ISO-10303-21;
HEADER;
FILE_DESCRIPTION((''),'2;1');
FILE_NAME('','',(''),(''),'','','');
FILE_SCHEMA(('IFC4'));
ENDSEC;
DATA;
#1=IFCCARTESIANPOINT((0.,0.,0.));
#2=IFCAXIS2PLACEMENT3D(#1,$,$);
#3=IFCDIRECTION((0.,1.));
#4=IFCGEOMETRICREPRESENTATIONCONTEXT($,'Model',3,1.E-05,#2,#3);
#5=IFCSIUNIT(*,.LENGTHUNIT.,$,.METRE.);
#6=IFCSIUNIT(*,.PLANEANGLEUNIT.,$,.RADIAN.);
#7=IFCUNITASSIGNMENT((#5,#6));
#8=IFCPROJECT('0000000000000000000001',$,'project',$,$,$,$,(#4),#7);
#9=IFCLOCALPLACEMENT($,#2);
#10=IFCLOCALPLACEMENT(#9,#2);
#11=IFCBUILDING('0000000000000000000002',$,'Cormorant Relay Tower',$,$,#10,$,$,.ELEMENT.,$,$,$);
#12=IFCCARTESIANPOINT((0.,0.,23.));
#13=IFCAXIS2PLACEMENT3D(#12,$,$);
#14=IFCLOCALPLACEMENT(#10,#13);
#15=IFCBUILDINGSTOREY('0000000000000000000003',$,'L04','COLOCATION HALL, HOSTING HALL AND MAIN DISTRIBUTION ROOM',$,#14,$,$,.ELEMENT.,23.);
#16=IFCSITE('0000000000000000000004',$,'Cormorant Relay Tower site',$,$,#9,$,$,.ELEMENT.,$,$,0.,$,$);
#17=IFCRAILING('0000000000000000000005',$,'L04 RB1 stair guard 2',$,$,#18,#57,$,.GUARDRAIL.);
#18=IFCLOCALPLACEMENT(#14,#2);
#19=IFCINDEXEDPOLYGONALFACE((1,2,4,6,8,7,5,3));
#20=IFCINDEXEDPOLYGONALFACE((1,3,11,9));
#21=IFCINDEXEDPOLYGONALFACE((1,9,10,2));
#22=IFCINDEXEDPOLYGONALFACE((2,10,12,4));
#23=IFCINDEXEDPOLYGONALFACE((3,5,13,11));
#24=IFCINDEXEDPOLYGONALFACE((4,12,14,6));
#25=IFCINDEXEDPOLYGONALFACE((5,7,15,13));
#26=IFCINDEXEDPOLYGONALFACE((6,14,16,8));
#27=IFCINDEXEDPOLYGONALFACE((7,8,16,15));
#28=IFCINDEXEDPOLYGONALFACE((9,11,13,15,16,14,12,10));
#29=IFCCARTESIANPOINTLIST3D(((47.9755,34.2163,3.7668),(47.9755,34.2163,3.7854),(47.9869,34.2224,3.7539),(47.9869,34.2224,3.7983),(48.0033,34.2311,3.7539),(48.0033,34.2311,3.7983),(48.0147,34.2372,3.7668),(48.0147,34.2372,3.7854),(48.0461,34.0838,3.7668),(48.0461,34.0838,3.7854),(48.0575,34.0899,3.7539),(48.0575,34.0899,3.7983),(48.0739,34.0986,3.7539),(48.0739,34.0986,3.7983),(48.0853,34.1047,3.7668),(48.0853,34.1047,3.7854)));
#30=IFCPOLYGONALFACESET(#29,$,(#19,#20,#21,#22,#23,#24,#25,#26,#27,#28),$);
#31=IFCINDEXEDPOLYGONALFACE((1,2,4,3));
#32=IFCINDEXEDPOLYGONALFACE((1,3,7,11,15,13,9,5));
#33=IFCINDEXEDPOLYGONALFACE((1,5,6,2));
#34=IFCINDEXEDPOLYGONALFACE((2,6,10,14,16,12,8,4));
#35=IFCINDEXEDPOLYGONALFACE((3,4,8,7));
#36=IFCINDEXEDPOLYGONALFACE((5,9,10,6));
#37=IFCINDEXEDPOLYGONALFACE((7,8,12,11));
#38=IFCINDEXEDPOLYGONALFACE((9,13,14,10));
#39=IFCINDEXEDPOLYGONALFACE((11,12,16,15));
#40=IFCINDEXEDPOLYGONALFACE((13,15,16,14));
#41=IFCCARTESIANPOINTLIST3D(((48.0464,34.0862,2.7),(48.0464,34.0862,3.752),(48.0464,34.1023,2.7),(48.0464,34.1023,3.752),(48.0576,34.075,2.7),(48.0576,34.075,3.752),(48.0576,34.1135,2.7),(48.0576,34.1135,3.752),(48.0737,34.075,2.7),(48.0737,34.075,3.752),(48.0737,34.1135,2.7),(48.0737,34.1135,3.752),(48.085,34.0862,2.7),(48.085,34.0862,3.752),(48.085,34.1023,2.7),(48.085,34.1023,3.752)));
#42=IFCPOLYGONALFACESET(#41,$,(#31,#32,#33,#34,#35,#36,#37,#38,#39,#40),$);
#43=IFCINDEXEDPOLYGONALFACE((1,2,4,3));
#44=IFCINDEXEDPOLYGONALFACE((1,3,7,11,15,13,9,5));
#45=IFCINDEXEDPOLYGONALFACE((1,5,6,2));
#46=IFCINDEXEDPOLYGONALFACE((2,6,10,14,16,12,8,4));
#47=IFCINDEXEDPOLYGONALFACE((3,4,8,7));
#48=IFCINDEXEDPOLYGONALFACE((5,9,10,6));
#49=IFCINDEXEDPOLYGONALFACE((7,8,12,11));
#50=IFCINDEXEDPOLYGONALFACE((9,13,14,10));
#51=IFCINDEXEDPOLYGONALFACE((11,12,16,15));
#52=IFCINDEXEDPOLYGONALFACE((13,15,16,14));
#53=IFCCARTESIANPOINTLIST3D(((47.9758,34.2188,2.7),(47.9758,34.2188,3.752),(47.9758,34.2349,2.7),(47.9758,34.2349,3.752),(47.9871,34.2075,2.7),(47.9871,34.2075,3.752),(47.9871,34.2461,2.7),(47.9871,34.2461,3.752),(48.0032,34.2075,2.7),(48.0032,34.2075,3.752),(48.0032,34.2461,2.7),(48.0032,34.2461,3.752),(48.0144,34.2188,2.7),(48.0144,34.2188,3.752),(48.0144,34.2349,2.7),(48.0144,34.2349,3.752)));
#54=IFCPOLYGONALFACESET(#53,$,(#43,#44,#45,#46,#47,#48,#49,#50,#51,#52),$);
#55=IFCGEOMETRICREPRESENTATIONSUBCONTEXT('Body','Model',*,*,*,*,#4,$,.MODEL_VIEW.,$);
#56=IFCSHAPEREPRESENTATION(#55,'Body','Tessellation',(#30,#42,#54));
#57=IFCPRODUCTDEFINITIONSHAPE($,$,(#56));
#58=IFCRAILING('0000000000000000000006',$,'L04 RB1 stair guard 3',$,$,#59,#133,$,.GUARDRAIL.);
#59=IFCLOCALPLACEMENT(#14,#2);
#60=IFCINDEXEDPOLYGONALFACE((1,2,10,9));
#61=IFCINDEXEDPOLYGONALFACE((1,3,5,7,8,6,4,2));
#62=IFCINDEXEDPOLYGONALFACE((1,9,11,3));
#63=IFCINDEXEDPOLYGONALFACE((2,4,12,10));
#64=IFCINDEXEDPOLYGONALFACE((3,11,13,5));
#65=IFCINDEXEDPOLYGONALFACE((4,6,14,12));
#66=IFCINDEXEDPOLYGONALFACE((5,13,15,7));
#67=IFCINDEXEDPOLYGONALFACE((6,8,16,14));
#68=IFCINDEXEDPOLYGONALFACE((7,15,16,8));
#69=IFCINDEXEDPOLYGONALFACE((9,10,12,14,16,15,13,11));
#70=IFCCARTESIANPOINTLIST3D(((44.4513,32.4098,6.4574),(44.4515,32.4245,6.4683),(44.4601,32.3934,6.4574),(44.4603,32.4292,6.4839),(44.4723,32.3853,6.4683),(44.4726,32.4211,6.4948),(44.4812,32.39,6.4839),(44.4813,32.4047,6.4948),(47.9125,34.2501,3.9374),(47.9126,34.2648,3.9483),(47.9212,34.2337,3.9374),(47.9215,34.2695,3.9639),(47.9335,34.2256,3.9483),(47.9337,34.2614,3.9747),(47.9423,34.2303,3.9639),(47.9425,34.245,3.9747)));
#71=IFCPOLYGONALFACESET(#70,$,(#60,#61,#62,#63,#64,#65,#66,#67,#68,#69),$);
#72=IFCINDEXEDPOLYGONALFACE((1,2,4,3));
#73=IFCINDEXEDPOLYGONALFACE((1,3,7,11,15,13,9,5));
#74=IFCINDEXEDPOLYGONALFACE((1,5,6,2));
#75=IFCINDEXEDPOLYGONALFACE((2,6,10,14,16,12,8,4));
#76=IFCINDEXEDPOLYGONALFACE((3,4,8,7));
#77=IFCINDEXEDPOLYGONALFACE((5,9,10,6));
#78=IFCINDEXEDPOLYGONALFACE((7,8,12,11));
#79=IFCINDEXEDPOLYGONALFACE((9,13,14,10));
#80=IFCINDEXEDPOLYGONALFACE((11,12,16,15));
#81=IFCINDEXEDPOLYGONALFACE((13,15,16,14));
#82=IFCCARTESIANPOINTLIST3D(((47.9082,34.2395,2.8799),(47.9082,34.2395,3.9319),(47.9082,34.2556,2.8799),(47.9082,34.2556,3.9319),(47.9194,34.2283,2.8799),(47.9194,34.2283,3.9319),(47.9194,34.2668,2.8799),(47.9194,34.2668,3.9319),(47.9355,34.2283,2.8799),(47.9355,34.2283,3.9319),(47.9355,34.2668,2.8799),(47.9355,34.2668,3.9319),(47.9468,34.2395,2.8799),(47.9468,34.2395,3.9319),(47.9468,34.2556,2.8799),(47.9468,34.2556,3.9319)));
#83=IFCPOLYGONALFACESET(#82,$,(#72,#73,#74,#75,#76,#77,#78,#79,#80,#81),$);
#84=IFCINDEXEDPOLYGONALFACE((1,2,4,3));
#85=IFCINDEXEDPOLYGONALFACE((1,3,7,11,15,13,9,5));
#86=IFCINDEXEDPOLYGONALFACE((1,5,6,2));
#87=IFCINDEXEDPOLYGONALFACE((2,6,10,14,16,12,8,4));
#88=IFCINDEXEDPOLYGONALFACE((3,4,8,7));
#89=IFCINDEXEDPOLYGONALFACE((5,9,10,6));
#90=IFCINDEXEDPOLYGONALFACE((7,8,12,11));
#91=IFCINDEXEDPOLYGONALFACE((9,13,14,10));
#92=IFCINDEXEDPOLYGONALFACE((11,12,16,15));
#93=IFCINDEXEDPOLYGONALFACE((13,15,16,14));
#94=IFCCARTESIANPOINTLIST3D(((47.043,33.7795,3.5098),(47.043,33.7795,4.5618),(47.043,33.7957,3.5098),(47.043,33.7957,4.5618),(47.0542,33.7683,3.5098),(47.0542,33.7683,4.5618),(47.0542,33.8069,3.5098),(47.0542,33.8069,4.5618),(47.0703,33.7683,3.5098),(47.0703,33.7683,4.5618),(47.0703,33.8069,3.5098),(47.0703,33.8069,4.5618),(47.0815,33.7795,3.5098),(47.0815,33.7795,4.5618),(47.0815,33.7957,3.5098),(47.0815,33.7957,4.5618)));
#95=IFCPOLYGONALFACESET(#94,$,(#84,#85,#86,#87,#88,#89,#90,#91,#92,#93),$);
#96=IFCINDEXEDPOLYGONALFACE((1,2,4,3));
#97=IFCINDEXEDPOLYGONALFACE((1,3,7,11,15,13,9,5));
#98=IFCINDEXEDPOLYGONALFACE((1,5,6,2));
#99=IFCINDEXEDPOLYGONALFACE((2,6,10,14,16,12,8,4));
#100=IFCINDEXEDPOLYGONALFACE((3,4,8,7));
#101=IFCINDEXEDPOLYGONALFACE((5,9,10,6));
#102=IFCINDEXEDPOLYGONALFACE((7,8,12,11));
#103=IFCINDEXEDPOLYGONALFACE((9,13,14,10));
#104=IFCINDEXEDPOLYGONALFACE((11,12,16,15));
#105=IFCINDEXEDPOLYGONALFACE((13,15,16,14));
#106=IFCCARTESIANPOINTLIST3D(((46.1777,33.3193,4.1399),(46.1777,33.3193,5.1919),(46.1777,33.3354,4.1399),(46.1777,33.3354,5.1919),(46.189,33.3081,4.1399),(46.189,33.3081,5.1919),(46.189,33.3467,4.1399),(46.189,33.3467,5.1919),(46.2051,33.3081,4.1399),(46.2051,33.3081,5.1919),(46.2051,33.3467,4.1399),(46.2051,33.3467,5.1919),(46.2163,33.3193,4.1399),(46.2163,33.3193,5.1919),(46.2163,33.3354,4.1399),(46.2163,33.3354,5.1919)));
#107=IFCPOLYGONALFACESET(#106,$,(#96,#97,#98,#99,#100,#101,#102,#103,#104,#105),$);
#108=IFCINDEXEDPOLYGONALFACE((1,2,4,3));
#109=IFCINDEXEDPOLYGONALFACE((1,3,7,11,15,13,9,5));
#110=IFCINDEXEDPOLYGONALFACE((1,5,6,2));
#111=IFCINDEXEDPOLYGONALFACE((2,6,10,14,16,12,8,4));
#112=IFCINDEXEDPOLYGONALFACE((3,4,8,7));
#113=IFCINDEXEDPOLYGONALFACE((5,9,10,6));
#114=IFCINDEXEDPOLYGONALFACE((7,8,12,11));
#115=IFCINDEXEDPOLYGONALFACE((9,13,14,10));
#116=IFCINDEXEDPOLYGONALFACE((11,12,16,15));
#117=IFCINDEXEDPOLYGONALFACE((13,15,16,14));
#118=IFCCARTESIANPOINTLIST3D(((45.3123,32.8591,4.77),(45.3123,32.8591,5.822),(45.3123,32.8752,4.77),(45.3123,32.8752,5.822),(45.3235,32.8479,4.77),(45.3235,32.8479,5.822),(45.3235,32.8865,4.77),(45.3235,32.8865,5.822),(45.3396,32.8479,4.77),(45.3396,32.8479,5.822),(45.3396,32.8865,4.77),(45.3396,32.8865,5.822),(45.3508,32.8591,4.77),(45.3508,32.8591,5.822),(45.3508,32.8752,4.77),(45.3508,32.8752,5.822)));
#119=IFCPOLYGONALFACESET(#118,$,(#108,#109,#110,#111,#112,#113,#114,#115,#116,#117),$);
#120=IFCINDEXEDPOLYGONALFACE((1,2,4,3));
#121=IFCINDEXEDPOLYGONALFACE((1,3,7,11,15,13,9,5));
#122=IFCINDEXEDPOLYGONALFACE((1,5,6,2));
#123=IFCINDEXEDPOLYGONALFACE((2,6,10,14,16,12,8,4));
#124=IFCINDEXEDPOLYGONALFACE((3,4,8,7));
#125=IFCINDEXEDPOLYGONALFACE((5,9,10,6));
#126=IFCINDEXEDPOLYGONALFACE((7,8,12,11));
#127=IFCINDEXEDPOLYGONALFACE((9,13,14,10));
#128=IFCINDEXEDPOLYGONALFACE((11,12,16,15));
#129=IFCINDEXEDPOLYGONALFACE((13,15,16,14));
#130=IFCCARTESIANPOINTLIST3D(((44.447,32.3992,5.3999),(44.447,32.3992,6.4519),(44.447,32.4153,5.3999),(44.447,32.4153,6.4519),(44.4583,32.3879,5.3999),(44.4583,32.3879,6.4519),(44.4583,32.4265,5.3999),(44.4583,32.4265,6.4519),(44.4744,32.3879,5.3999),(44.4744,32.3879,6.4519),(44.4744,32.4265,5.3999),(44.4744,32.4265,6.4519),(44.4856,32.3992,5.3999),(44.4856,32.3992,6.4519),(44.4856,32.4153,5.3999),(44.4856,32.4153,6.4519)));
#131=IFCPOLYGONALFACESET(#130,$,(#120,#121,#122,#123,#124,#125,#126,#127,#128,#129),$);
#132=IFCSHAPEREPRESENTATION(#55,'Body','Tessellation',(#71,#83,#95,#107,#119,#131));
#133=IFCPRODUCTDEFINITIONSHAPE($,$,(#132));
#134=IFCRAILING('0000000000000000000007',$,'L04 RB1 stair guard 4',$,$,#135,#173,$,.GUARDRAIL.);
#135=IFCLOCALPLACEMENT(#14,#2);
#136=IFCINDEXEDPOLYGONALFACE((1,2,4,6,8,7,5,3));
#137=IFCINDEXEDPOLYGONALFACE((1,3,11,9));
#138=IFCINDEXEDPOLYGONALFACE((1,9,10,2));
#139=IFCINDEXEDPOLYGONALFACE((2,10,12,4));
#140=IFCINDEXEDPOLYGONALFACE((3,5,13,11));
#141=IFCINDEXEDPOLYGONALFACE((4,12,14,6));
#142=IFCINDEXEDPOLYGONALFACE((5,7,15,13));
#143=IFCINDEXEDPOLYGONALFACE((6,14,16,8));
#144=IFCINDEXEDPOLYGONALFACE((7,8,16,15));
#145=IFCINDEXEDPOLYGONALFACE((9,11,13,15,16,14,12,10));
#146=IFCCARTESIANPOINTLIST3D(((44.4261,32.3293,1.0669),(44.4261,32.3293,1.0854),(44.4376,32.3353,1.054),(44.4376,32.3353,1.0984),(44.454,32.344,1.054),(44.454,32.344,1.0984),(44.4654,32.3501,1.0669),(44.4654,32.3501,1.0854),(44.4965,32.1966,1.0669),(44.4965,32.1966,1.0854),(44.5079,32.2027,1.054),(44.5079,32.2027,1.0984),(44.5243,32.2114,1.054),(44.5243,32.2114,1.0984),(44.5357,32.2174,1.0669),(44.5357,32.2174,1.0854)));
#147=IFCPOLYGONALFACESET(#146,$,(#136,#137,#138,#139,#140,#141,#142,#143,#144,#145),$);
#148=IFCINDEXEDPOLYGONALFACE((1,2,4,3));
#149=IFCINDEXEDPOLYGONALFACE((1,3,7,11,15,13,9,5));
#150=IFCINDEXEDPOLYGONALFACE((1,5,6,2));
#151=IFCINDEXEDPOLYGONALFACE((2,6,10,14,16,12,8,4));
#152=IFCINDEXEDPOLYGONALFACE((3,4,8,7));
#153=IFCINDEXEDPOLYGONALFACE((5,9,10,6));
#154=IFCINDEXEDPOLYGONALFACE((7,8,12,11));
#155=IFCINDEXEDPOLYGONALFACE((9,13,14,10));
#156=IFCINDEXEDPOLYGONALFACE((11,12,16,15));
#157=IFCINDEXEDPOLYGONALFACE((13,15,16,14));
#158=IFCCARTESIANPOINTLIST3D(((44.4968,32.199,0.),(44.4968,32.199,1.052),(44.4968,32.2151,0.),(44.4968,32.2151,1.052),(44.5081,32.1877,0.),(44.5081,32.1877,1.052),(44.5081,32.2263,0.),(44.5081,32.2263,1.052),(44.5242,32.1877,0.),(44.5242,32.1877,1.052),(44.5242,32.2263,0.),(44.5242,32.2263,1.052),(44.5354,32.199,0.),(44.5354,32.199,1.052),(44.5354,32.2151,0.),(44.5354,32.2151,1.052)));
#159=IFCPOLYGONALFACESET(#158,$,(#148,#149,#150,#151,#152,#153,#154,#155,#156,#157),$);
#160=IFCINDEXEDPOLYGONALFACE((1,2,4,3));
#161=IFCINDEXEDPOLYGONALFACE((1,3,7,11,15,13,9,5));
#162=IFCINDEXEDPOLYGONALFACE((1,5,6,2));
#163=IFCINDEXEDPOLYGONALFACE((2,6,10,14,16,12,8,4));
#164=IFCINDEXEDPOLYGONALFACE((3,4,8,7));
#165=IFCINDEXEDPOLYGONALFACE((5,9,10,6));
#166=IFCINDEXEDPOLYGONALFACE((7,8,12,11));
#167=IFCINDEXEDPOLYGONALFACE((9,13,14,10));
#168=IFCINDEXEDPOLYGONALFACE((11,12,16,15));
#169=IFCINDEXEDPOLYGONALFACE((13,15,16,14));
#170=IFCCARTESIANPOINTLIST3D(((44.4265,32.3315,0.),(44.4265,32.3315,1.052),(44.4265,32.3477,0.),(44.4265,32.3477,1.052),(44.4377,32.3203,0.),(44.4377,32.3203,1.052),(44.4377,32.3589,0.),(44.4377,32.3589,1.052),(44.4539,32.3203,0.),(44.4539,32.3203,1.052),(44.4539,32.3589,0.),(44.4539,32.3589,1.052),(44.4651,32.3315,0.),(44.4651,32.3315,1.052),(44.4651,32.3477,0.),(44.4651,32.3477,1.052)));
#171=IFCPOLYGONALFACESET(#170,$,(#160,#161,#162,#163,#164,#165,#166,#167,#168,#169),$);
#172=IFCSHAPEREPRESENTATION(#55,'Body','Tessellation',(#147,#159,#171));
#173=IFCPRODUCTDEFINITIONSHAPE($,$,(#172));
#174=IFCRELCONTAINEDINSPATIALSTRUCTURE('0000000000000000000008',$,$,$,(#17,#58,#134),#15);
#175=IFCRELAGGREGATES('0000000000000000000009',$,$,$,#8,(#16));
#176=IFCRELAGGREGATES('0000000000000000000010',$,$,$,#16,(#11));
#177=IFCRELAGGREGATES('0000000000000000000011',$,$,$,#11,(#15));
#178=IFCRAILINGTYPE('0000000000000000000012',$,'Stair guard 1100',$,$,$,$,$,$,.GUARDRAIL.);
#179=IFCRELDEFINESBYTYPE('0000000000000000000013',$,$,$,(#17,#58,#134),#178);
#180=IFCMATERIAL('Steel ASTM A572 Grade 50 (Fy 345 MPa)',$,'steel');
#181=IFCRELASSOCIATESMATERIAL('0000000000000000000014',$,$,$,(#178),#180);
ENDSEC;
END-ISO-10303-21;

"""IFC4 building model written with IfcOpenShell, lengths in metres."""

from ifc_helpers import new_model, si_unit, direction, frame, origin, place, context, subcontext, project, spatial, polyline, outline, extrude, material, type_object, element, save


model = new_model("IFC4")

# Units and contexts
model_context = context("Model", 3, precision=1e-05, world=origin(), true_north=direction((0.0, 1.0)))
body_context = subcontext(model_context, "Body", "Model", "MODEL_VIEW")
ifc_project = project(units=[si_unit("LENGTHUNIT", "METRE"), si_unit("PLANEANGLEUNIT", "RADIAN")], contexts=[model_context])

# Site, building, storey
site_placement = place(None, origin())
site = spatial("IfcSite", under=ifc_project, at=site_placement, Name="Cormorant Relay Tower site", CompositionType="ELEMENT", RefElevation=0.0)
building_placement = place(site_placement, origin())
building = spatial("IfcBuilding", under=site, at=building_placement, Name="Cormorant Relay Tower", CompositionType="ELEMENT")
storey_placement = place(building_placement, frame((0.0, 0.0, 23.0)))
storey = spatial("IfcBuildingStorey", under=building, at=storey_placement, Name="L04", Description="COLOCATION HALL, HOSTING HALL AND MAIN DISTRIBUTION ROOM", CompositionType="ELEMENT", Elevation=23.0)

# Railings
ifc_material_1 = material(Name="Steel ASTM A572 Grade 50 (Fy 345 MPa)", Category="steel")
railing_type_1 = type_object("IfcRailingType", Name="Stair guard 1100", PredefinedType="GUARDRAIL", material=ifc_material_1)
railing_1_placement = place(storey_placement, frame((48.0657, 34.0942, 2.7)))
element("IfcRailing", 1, at=railing_1_placement, inside=storey, type_object=railing_type_1, Name="L04 RB1 stair guard 2", PredefinedType="GUARDRAIL", context=body_context, shape_type="SweptSolid", body=[
    extrude(outline(polyline([(0.0222, 0.0093), (0.0093, 0.0222), (-0.0093, 0.0222), (-0.0222, 0.0093), (-0.0222, -0.0093), (-0.0093, -0.0222), (0.0093, -0.0222), (0.0222, -0.0093), (0.0222, 0.0093)])), frame((0.0, 0.0, 1.0762), z_axis=(-0.469829, 0.882758, 0.0), x_axis=(-0.882758, -0.469829, 0.0)), (0.0, 0.0, 1.0), 0.1501),
    extrude(outline(polyline([(0.0193, 0.0081), (0.0081, 0.0193), (-0.0081, 0.0193), (-0.0193, 0.0081), (-0.0193, -0.0081), (-0.0081, -0.0193), (0.0081, -0.0193), (0.0193, -0.0081), (0.0193, 0.0081)])), origin(), (0.0, 0.0, 1.0), 1.052),
    extrude(outline(polyline([(0.0193, 0.0081), (0.0081, 0.0193), (-0.0081, 0.0193), (-0.0193, 0.0081), (-0.0193, -0.0081), (-0.0081, -0.0193), (0.0081, -0.0193), (0.0193, -0.0081), (0.0193, 0.0081)])), frame((-0.0706, 0.1326, 0.0)), (0.0, 0.0, 1.0), 1.052),
])
railing_2_placement = place(storey_placement, frame((47.9275, 34.2476, 2.8799)))
element("IfcRailing", 2, at=railing_2_placement, inside=storey, type_object=railing_type_1, Name="L04 RB1 stair guard 3", PredefinedType="GUARDRAIL", context=body_context, shape_type="SweptSolid", body=[
    extrude(outline(polyline([(0.0222, 0.0093), (0.0093, 0.0222), (-0.0093, 0.0222), (-0.0222, 0.0093), (-0.0222, -0.0093), (-0.0093, -0.0222), (0.0093, -0.0222), (0.0222, -0.0093), (0.0222, 0.0093)])), frame((0.0, 0.0, 1.0762), z_axis=(-0.742717, -0.394907, 0.540758), x_axis=(0.469469, -0.882949, 0.0)), (0.0, 0.0, 1.0), 4.6602),
    extrude(outline(polyline([(0.0193, 0.0081), (0.0081, 0.0193), (-0.0081, 0.0193), (-0.0193, 0.0081), (-0.0193, -0.0081), (-0.0081, -0.0193), (0.0081, -0.0193), (0.0193, -0.0081), (0.0193, 0.0081)])), origin(), (0.0, 0.0, 1.0), 1.052),
    extrude(outline(polyline([(0.0193, 0.0081), (0.0081, 0.0193), (-0.0081, 0.0193), (-0.0193, 0.0081), (-0.0193, -0.0081), (-0.0081, -0.0193), (0.0081, -0.0193), (0.0193, -0.0081), (0.0193, 0.0081)])), frame((-0.8652, -0.46, 0.6299)), (0.0, 0.0, 1.0), 1.052),
    extrude(outline(polyline([(0.0193, 0.0081), (0.0081, 0.0193), (-0.0081, 0.0193), (-0.0193, 0.0081), (-0.0193, -0.0081), (-0.0081, -0.0193), (0.0081, -0.0193), (0.0193, -0.0081), (0.0193, 0.0081)])), frame((-1.7305, -0.9202, 1.26)), (0.0, 0.0, 1.0), 1.052),
    extrude(outline(polyline([(0.0193, 0.0081), (0.0081, 0.0193), (-0.0081, 0.0193), (-0.0193, 0.0081), (-0.0193, -0.0081), (-0.0081, -0.0193), (0.0081, -0.0193), (0.0193, -0.0081), (0.0193, 0.0081)])), frame((-2.5959, -1.3804, 1.8901)), (0.0, 0.0, 1.0), 1.052),
    extrude(outline(polyline([(0.0193, 0.0081), (0.0081, 0.0193), (-0.0081, 0.0193), (-0.0193, 0.0081), (-0.0193, -0.0081), (-0.0081, -0.0193), (0.0081, -0.0193), (0.0193, -0.0081), (0.0193, 0.0081)])), frame((-3.4612, -1.8403, 2.52)), (0.0, 0.0, 1.0), 1.052),
])
railing_3_placement = place(storey_placement, frame((44.5161, 32.207, 0.0)))
element("IfcRailing", 3, at=railing_3_placement, inside=storey, type_object=railing_type_1, Name="L04 RB1 stair guard 4", PredefinedType="GUARDRAIL", context=body_context, shape_type="SweptSolid", body=[
    extrude(outline(polyline([(0.0222, 0.0093), (0.0093, 0.0222), (-0.0093, 0.0222), (-0.0222, 0.0093), (-0.0222, -0.0093), (-0.0093, -0.0222), (0.0093, -0.0222), (0.0222, -0.0093), (0.0222, 0.0093)])), frame((0.0, 0.0, 1.0762), z_axis=(-0.46856, 0.883431, 0.0), x_axis=(-0.883431, -0.46856, 0.0)), (0.0, 0.0, 1.0), 0.1501),
    extrude(outline(polyline([(0.0193, 0.0081), (0.0081, 0.0193), (-0.0081, 0.0193), (-0.0193, 0.0081), (-0.0193, -0.0081), (-0.0081, -0.0193), (0.0081, -0.0193), (0.0193, -0.0081), (0.0193, 0.0081)])), origin(), (0.0, 0.0, 1.0), 1.052),
    extrude(outline(polyline([(0.0193, 0.0081), (0.0081, 0.0193), (-0.0081, 0.0193), (-0.0193, 0.0081), (-0.0193, -0.0081), (-0.0081, -0.0193), (0.0081, -0.0193), (0.0193, -0.0081), (0.0193, 0.0081)])), frame((-0.0703, 0.1326, 0.0)), (0.0, 0.0, 1.0), 1.052),
])

save(model, "model.ifc")
